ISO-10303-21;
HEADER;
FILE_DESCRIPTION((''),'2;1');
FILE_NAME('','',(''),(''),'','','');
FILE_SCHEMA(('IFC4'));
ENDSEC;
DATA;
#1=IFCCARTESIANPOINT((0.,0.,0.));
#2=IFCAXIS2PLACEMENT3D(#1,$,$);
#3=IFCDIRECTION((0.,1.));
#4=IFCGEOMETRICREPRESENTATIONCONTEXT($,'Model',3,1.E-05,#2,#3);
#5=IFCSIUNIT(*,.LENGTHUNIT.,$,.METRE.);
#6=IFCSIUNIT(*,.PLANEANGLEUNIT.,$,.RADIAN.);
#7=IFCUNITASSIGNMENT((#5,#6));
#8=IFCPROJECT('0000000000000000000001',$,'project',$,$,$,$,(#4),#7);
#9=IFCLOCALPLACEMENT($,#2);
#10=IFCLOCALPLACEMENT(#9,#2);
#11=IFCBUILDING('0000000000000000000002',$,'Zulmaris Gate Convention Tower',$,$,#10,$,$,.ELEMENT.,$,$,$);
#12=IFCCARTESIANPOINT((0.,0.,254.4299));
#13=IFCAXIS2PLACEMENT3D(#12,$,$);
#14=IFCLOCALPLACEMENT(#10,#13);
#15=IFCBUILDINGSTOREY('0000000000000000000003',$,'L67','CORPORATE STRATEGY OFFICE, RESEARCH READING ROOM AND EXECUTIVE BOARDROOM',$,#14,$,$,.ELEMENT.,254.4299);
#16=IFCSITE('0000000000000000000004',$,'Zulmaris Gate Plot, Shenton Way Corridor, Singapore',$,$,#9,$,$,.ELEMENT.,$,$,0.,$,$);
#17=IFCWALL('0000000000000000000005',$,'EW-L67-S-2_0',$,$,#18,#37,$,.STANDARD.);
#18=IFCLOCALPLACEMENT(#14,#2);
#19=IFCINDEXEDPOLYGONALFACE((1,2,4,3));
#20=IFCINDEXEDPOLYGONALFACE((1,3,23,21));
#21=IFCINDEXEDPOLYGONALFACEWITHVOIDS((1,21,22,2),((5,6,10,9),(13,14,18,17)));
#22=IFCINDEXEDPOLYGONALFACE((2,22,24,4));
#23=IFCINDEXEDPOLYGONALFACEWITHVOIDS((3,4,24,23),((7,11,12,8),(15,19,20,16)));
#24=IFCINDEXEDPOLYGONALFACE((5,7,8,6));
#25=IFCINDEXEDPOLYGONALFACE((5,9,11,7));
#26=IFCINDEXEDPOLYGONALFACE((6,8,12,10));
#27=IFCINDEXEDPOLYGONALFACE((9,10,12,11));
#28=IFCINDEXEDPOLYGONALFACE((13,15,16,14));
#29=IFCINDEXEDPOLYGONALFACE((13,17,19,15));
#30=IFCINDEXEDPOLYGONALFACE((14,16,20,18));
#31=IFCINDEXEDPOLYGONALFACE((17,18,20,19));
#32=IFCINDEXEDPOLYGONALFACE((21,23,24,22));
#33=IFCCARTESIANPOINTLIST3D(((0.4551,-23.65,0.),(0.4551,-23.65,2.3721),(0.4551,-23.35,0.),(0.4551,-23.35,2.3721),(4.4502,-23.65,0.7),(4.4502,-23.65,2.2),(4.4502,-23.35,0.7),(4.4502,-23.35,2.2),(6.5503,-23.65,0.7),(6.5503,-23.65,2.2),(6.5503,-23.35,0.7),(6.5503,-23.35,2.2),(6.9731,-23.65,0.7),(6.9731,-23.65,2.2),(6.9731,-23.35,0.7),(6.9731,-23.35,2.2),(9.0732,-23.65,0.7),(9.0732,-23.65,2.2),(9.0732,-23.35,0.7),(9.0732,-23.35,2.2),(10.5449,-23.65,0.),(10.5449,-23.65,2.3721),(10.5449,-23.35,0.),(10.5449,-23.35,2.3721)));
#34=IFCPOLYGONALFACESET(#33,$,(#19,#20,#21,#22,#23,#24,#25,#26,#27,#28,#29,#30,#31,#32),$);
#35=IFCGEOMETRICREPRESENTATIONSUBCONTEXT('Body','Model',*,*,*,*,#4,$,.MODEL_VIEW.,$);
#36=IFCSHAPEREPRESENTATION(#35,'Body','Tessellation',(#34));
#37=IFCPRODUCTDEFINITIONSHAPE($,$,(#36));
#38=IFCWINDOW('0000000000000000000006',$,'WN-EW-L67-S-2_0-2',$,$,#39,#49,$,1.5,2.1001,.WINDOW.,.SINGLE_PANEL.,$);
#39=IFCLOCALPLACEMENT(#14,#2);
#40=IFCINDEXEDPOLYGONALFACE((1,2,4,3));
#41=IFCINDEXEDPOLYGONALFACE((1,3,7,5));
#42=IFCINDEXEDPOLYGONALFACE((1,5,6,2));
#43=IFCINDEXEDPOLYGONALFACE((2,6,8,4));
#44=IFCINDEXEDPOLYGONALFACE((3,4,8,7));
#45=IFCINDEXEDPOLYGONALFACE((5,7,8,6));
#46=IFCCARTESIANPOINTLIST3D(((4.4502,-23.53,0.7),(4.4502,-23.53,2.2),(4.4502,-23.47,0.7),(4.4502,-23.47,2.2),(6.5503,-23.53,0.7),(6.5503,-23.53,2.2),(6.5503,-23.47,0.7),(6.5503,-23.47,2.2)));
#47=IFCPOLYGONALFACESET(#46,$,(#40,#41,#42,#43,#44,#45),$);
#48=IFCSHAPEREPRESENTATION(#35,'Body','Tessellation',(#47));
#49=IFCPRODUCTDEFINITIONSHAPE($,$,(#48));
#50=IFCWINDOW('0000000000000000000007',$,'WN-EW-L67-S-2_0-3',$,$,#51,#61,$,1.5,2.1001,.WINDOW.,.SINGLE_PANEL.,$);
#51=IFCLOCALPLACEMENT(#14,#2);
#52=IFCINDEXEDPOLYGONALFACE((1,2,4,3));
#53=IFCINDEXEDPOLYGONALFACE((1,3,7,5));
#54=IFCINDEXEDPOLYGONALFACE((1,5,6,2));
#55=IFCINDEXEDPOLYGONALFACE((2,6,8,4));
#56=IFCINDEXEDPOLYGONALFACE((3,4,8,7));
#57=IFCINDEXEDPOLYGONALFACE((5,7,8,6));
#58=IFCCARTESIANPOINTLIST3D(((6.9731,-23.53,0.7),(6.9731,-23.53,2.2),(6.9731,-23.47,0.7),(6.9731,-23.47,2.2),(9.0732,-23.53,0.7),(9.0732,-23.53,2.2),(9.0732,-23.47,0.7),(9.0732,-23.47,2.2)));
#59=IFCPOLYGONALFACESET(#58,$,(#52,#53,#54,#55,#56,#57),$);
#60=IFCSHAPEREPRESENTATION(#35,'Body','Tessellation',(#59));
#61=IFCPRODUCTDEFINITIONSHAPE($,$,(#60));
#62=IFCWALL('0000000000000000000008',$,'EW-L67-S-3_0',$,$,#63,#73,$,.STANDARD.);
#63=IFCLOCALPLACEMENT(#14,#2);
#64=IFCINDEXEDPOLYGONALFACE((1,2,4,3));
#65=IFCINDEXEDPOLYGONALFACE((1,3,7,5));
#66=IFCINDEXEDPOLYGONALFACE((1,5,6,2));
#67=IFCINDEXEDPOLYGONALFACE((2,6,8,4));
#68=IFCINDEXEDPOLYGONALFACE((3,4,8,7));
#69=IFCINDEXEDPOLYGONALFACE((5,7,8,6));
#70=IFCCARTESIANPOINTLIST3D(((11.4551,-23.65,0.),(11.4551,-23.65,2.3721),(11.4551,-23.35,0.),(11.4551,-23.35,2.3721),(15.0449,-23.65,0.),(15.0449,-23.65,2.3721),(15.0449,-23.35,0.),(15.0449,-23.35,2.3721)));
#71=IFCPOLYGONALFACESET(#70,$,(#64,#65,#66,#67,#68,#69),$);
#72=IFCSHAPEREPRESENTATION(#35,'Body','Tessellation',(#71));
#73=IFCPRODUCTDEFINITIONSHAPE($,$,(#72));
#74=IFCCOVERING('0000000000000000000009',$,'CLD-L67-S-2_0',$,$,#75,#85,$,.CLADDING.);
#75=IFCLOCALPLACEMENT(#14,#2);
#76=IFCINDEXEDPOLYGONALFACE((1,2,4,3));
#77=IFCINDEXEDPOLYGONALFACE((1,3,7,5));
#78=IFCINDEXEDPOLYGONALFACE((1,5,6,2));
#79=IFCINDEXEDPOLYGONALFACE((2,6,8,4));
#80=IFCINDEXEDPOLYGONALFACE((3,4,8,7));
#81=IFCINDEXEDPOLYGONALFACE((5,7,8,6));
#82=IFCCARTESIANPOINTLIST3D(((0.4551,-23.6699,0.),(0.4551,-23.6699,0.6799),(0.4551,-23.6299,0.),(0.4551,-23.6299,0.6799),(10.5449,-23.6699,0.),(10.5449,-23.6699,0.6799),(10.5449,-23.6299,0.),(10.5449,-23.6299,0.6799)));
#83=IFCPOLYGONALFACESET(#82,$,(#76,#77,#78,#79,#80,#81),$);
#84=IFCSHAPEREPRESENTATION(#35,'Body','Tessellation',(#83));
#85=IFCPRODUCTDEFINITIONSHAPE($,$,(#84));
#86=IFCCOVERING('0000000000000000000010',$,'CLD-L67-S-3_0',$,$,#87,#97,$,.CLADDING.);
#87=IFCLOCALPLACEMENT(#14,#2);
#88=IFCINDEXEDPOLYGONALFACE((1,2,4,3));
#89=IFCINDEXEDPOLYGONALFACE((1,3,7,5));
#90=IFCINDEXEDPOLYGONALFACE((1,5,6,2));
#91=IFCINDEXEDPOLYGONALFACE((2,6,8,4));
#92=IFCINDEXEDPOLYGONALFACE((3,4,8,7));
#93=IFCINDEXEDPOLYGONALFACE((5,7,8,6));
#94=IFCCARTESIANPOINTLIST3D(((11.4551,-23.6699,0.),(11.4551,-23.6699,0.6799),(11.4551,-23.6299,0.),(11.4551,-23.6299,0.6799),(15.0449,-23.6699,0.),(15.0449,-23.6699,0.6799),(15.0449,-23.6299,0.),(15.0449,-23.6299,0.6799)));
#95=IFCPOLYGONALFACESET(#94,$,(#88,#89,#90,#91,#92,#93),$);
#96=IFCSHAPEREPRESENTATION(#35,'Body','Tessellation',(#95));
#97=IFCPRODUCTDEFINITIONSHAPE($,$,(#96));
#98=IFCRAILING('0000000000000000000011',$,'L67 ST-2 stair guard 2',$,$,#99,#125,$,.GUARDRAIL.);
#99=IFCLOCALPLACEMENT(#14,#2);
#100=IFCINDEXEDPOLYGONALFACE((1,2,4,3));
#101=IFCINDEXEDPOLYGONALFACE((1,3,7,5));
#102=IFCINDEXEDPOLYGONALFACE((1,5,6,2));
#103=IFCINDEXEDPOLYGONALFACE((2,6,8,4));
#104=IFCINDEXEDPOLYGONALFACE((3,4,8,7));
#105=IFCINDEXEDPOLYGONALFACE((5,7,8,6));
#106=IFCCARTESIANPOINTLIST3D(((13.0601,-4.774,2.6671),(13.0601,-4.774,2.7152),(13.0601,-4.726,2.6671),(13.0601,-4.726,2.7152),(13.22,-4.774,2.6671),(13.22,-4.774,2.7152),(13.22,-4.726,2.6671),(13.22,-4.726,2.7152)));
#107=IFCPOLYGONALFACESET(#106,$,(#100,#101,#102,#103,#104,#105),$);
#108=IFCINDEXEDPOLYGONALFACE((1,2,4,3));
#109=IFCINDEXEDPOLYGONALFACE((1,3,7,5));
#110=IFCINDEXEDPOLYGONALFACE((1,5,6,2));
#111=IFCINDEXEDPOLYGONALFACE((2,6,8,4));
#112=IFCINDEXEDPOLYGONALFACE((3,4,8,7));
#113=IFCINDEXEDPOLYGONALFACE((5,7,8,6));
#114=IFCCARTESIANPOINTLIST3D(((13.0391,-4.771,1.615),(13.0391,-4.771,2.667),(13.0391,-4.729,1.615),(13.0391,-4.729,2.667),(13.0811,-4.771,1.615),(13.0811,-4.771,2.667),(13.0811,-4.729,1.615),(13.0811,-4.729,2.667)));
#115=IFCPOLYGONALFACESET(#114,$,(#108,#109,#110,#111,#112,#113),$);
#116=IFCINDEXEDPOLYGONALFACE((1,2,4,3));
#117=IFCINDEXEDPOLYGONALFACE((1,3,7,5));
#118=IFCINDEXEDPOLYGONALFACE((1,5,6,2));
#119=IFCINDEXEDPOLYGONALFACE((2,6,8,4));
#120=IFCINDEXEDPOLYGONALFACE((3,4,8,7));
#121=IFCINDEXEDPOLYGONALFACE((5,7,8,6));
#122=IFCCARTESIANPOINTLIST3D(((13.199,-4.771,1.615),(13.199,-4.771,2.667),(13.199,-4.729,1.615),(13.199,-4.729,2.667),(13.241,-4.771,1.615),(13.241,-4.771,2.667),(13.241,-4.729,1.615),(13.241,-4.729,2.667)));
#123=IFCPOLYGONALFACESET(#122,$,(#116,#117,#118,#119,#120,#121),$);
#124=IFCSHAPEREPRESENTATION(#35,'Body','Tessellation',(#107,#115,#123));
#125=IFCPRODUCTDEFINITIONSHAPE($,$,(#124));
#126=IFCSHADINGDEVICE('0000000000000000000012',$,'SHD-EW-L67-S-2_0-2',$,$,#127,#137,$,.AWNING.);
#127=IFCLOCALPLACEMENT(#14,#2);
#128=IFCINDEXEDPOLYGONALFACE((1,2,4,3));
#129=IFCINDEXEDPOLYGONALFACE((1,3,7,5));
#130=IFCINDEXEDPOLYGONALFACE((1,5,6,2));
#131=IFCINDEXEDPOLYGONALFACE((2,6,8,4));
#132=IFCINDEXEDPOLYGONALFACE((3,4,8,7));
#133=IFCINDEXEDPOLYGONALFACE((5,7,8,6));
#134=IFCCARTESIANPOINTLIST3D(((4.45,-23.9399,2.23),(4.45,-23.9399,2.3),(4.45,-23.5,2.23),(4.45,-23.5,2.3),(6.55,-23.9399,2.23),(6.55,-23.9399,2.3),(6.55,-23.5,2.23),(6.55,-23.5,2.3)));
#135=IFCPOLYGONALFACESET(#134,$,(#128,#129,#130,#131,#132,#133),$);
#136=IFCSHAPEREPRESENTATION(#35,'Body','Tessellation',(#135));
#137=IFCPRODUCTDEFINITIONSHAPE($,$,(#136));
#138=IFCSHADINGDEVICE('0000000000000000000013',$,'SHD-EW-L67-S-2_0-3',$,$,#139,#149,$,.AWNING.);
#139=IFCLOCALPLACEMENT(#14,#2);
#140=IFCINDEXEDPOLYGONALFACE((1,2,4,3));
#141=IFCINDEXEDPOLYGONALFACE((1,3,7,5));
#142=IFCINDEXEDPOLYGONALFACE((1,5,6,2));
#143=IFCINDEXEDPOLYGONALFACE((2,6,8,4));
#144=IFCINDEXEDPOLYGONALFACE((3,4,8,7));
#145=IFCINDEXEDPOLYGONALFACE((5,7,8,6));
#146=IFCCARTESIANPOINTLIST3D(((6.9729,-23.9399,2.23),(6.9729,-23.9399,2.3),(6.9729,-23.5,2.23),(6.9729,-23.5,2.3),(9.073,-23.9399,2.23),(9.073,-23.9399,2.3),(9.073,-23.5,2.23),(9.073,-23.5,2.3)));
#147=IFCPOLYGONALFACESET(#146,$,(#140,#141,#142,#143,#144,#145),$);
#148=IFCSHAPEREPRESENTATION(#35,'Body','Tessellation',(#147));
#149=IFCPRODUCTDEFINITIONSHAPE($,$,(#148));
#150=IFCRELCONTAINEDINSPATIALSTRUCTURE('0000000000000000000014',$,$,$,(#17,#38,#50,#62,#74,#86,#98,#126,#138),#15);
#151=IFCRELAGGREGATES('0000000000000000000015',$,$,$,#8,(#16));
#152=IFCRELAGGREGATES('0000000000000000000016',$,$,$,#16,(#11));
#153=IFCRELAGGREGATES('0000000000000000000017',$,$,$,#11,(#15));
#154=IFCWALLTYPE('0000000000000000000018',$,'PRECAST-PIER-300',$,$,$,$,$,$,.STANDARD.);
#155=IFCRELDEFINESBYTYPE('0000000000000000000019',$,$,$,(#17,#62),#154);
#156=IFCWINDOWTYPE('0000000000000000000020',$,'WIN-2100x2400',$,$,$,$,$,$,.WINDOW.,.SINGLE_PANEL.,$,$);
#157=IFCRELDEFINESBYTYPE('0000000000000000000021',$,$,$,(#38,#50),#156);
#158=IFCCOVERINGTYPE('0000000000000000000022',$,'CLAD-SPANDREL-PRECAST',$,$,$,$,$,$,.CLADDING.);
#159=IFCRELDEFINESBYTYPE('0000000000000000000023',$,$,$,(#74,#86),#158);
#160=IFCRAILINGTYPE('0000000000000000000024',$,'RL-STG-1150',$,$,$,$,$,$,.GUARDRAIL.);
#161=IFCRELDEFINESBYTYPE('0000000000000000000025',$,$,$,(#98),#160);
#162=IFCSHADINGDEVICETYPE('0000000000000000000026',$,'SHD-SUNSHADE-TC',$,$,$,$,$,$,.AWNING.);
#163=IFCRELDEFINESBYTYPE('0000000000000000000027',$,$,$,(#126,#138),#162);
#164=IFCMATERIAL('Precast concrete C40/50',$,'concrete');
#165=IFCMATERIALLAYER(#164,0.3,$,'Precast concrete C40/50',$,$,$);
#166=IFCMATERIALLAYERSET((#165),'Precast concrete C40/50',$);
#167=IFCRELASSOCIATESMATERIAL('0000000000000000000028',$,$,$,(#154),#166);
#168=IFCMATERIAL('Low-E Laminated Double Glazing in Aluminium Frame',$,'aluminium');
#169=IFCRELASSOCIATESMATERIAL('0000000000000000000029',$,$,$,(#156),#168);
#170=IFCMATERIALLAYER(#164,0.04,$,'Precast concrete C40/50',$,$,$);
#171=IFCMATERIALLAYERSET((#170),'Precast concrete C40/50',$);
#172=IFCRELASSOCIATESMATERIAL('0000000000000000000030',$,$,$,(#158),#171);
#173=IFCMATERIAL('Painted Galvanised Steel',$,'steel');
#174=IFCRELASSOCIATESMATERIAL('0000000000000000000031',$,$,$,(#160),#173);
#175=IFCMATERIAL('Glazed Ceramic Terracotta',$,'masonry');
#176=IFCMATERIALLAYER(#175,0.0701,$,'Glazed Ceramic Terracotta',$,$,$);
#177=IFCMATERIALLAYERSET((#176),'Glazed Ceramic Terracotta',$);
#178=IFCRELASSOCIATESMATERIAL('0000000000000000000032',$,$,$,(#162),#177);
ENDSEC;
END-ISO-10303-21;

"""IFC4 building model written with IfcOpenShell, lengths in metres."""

from ifc_helpers import new_model, si_unit, direction, frame, frame_2d, origin, origin_2d, place, context, subcontext, project, spatial, rectangle, extrude, material, layer, layer_set, type_object, element, fill, save


model = new_model("IFC4")

# Units and contexts
model_context = context("Model", 3, precision=1e-05, world=origin(), true_north=direction((0.0, 1.0)))
body_context = subcontext(model_context, "Body", "Model", "MODEL_VIEW")
ifc_project = project(units=[si_unit("LENGTHUNIT", "METRE"), si_unit("PLANEANGLEUNIT", "RADIAN")], contexts=[model_context])

# Site, building, storey
site_placement = place(None, origin())
site = spatial("IfcSite", under=ifc_project, at=site_placement, Name="Zulmaris Gate Plot, Shenton Way Corridor, Singapore", CompositionType="ELEMENT", RefElevation=0.0)
building_placement = place(site_placement, origin())
building = spatial("IfcBuilding", under=site, at=building_placement, Name="Zulmaris Gate Convention Tower", CompositionType="ELEMENT")
storey_placement = place(building_placement, frame((0.0, 0.0, 254.4299)))
storey = spatial("IfcBuildingStorey", under=building, at=storey_placement, Name="L67", Description="CORPORATE STRATEGY OFFICE, RESEARCH READING ROOM AND EXECUTIVE BOARDROOM", CompositionType="ELEMENT", Elevation=254.4299)

# Wall, openings, windows
ifc_material_1 = material(Name="Precast concrete C40/50", Category="concrete")
ifc_layer_1 = layer(ifc_material_1, 0.3, Name="Precast concrete C40/50")
ifc_layer_set_1 = layer_set([ifc_layer_1], Name="Precast concrete C40/50")
wall_type_1 = type_object("IfcWallType", Name="PRECAST-PIER-300", PredefinedType="STANDARD", material=ifc_layer_set_1)
wall_1_placement = place(storey_placement, frame((0.4551, -23.5, 0.0), z_axis=(0.0, 0.0, 1.0), x_axis=(1.0, 0.0, 0.0)))
wall_1 = element("IfcWall", 1, at=wall_1_placement, inside=storey, type_object=wall_type_1, Name="EW-L67-S-2_0", PredefinedType="STANDARD", context=body_context, shape_type="SweptSolid", body=[
    extrude(rectangle(XDim=10.0898, YDim=0.3, at=frame_2d((5.0449, 0.0))), origin(), (0.0, 0.0, 1.0), 2.3721),
])
opening_1_placement = place(wall_1_placement, frame((3.9951, 0.0, 0.7)))
opening_1 = element("IfcOpeningElement", 2, at=opening_1_placement, cuts=wall_1, PredefinedType="OPENING", context=body_context, shape_type="SweptSolid", body=[
    extrude(rectangle(XDim=2.1001, YDim=1.5, at=frame_2d((1.05, 0.75))), frame((0.0, 0.1602, 0.0), z_axis=(0.0, -1.0, 0.0), x_axis=(1.0, 0.0, 0.0)), (0.0, 0.0, 1.0), 0.3201),
])
opening_2_placement = place(wall_1_placement, frame((6.5181, 0.0, 0.7)))
opening_2 = element("IfcOpeningElement", 3, at=opening_2_placement, cuts=wall_1, PredefinedType="OPENING", context=body_context, shape_type="SweptSolid", body=[
    extrude(rectangle(XDim=2.1001, YDim=1.5, at=frame_2d((1.05, 0.75))), frame((0.0, 0.1602, 0.0), z_axis=(0.0, -1.0, 0.0), x_axis=(1.0, 0.0, 0.0)), (0.0, 0.0, 1.0), 0.3201),
])
ifc_material_2 = material(Name="Low-E Laminated Double Glazing in Aluminium Frame", Category="aluminium")
window_type = type_object("IfcWindowType", Name="WIN-2100x2400", PartitioningType="SINGLE_PANEL", PredefinedType="WINDOW", material=ifc_material_2)
window_1_placement = place(opening_1_placement, origin())
window_1 = element("IfcWindow", 4, at=window_1_placement, inside=storey, type_object=window_type, Name="WN-EW-L67-S-2_0-2", OverallHeight=1.5, OverallWidth=2.1001, PartitioningType="SINGLE_PANEL", PredefinedType="WINDOW", context=body_context, shape_type="SweptSolid", body=[
    extrude(rectangle(XDim=2.1001, YDim=1.5, at=frame_2d((1.05, 0.75))), frame((0.0, 0.03, 0.0), z_axis=(0.0, -1.0, 0.0), x_axis=(1.0, 0.0, 0.0)), (0.0, 0.0, 1.0), 0.0601),
])
fill(opening_1, window_1)
window_2_placement = place(opening_2_placement, origin())
window_2 = element("IfcWindow", 5, at=window_2_placement, inside=storey, type_object=window_type, Name="WN-EW-L67-S-2_0-3", OverallHeight=1.5, OverallWidth=2.1001, PartitioningType="SINGLE_PANEL", PredefinedType="WINDOW", context=body_context, shape_type="SweptSolid", body=[
    extrude(rectangle(XDim=2.1001, YDim=1.5, at=frame_2d((1.05, 0.75))), frame((0.0, 0.03, 0.0), z_axis=(0.0, -1.0, 0.0), x_axis=(1.0, 0.0, 0.0)), (0.0, 0.0, 1.0), 0.0601),
])
fill(opening_2, window_2)

# Wall
wall_2_placement = place(storey_placement, frame((11.4551, -23.5, 0.0), z_axis=(0.0, 0.0, 1.0), x_axis=(1.0, 0.0, 0.0)))
element("IfcWall", 6, at=wall_2_placement, inside=storey, type_object=wall_type_1, Name="EW-L67-S-3_0", PredefinedType="STANDARD", context=body_context, shape_type="SweptSolid", body=[
    extrude(rectangle(XDim=3.5898, YDim=0.3, at=frame_2d((1.7949, 0.0))), origin(), (0.0, 0.0, 1.0), 2.3721),
])

# Coverings
ifc_layer_2 = layer(ifc_material_1, 0.04, Name="Precast concrete C40/50")
ifc_layer_set_2 = layer_set([ifc_layer_2], Name="Precast concrete C40/50")
covering_type = type_object("IfcCoveringType", Name="CLAD-SPANDREL-PRECAST", PredefinedType="CLADDING", material=ifc_layer_set_2)
covering_1_placement = place(storey_placement, frame((0.4551, -23.6499, 0.0), z_axis=(0.0, 0.0, 1.0), x_axis=(1.0, 0.0, 0.0)))
element("IfcCovering", 7, at=covering_1_placement, inside=storey, type_object=covering_type, Name="CLD-L67-S-2_0", PredefinedType="CLADDING", context=body_context, shape_type="SweptSolid", body=[
    extrude(rectangle(XDim=10.0898, YDim=0.04, at=frame_2d((5.0449, 0.0))), origin(), (0.0, 0.0, 1.0), 0.6799),
])
covering_2_placement = place(storey_placement, frame((11.4551, -23.6499, 0.0), z_axis=(0.0, 0.0, 1.0), x_axis=(1.0, 0.0, 0.0)))
element("IfcCovering", 8, at=covering_2_placement, inside=storey, type_object=covering_type, Name="CLD-L67-S-3_0", PredefinedType="CLADDING", context=body_context, shape_type="SweptSolid", body=[
    extrude(rectangle(XDim=3.5898, YDim=0.04, at=frame_2d((1.7949, 0.0))), origin(), (0.0, 0.0, 1.0), 0.6799),
])

# Railing
ifc_material_3 = material(Name="Painted Galvanised Steel", Category="steel")
railing_type = type_object("IfcRailingType", Name="RL-STG-1150", PredefinedType="GUARDRAIL", material=ifc_material_3)
railing_placement = place(storey_placement, frame((13.0601, -4.75, 1.615)))
element("IfcRailing", 9, at=railing_placement, inside=storey, type_object=railing_type, Name="L67 ST-2 stair guard 2", PredefinedType="GUARDRAIL", context=body_context, shape_type="SweptSolid", body=[
    extrude(rectangle(XDim=0.0481, YDim=0.0481, at=origin_2d()), frame((0.0, 0.0, 1.0762), z_axis=(1.0, 0.0, 0.0), x_axis=(0.0, 1.0, 0.0)), (0.0, 0.0, 1.0), 0.1599),
    extrude(rectangle(XDim=0.042, YDim=0.042, at=origin_2d()), origin(), (0.0, 0.0, 1.0), 1.052),
    extrude(rectangle(XDim=0.042, YDim=0.042, at=origin_2d()), frame((0.1599, 0.0, 0.0)), (0.0, 0.0, 1.0), 1.052),
])

# Shading devices
ifc_material_4 = material(Name="Glazed Ceramic Terracotta", Category="masonry")
ifc_layer_3 = layer(ifc_material_4, 0.0701, Name="Glazed Ceramic Terracotta")
ifc_layer_set_3 = layer_set([ifc_layer_3], Name="Glazed Ceramic Terracotta")
shading_device_type = type_object("IfcShadingDeviceType", Name="SHD-SUNSHADE-TC", PredefinedType="AWNING", material=ifc_layer_set_3)
for number, where, z_axis, x_axis, name in (
    (10, (4.45, -23.72, 2.23), (0.0, 0.0, 1.0), (1.0, 0.0, 0.0), "SHD-EW-L67-S-2_0-2"),
    (11, (6.9729, -23.72, 2.23), (0.0, 0.0, 1.0), (1.0, 0.0, 0.0), "SHD-EW-L67-S-2_0-3"),
):
    element("IfcShadingDevice", number, at=place(storey_placement, frame(where, z_axis=z_axis, x_axis=x_axis)), inside=storey, type_object=shading_device_type, Name=name, PredefinedType="AWNING", context=body_context, shape_type="SweptSolid", body=[
        extrude(rectangle(XDim=2.1001, YDim=0.4399, at=frame_2d((1.05, 0.0))), origin(), (0.0, 0.0, 1.0), 0.0701),
    ])

save(model, "model.ifc")
